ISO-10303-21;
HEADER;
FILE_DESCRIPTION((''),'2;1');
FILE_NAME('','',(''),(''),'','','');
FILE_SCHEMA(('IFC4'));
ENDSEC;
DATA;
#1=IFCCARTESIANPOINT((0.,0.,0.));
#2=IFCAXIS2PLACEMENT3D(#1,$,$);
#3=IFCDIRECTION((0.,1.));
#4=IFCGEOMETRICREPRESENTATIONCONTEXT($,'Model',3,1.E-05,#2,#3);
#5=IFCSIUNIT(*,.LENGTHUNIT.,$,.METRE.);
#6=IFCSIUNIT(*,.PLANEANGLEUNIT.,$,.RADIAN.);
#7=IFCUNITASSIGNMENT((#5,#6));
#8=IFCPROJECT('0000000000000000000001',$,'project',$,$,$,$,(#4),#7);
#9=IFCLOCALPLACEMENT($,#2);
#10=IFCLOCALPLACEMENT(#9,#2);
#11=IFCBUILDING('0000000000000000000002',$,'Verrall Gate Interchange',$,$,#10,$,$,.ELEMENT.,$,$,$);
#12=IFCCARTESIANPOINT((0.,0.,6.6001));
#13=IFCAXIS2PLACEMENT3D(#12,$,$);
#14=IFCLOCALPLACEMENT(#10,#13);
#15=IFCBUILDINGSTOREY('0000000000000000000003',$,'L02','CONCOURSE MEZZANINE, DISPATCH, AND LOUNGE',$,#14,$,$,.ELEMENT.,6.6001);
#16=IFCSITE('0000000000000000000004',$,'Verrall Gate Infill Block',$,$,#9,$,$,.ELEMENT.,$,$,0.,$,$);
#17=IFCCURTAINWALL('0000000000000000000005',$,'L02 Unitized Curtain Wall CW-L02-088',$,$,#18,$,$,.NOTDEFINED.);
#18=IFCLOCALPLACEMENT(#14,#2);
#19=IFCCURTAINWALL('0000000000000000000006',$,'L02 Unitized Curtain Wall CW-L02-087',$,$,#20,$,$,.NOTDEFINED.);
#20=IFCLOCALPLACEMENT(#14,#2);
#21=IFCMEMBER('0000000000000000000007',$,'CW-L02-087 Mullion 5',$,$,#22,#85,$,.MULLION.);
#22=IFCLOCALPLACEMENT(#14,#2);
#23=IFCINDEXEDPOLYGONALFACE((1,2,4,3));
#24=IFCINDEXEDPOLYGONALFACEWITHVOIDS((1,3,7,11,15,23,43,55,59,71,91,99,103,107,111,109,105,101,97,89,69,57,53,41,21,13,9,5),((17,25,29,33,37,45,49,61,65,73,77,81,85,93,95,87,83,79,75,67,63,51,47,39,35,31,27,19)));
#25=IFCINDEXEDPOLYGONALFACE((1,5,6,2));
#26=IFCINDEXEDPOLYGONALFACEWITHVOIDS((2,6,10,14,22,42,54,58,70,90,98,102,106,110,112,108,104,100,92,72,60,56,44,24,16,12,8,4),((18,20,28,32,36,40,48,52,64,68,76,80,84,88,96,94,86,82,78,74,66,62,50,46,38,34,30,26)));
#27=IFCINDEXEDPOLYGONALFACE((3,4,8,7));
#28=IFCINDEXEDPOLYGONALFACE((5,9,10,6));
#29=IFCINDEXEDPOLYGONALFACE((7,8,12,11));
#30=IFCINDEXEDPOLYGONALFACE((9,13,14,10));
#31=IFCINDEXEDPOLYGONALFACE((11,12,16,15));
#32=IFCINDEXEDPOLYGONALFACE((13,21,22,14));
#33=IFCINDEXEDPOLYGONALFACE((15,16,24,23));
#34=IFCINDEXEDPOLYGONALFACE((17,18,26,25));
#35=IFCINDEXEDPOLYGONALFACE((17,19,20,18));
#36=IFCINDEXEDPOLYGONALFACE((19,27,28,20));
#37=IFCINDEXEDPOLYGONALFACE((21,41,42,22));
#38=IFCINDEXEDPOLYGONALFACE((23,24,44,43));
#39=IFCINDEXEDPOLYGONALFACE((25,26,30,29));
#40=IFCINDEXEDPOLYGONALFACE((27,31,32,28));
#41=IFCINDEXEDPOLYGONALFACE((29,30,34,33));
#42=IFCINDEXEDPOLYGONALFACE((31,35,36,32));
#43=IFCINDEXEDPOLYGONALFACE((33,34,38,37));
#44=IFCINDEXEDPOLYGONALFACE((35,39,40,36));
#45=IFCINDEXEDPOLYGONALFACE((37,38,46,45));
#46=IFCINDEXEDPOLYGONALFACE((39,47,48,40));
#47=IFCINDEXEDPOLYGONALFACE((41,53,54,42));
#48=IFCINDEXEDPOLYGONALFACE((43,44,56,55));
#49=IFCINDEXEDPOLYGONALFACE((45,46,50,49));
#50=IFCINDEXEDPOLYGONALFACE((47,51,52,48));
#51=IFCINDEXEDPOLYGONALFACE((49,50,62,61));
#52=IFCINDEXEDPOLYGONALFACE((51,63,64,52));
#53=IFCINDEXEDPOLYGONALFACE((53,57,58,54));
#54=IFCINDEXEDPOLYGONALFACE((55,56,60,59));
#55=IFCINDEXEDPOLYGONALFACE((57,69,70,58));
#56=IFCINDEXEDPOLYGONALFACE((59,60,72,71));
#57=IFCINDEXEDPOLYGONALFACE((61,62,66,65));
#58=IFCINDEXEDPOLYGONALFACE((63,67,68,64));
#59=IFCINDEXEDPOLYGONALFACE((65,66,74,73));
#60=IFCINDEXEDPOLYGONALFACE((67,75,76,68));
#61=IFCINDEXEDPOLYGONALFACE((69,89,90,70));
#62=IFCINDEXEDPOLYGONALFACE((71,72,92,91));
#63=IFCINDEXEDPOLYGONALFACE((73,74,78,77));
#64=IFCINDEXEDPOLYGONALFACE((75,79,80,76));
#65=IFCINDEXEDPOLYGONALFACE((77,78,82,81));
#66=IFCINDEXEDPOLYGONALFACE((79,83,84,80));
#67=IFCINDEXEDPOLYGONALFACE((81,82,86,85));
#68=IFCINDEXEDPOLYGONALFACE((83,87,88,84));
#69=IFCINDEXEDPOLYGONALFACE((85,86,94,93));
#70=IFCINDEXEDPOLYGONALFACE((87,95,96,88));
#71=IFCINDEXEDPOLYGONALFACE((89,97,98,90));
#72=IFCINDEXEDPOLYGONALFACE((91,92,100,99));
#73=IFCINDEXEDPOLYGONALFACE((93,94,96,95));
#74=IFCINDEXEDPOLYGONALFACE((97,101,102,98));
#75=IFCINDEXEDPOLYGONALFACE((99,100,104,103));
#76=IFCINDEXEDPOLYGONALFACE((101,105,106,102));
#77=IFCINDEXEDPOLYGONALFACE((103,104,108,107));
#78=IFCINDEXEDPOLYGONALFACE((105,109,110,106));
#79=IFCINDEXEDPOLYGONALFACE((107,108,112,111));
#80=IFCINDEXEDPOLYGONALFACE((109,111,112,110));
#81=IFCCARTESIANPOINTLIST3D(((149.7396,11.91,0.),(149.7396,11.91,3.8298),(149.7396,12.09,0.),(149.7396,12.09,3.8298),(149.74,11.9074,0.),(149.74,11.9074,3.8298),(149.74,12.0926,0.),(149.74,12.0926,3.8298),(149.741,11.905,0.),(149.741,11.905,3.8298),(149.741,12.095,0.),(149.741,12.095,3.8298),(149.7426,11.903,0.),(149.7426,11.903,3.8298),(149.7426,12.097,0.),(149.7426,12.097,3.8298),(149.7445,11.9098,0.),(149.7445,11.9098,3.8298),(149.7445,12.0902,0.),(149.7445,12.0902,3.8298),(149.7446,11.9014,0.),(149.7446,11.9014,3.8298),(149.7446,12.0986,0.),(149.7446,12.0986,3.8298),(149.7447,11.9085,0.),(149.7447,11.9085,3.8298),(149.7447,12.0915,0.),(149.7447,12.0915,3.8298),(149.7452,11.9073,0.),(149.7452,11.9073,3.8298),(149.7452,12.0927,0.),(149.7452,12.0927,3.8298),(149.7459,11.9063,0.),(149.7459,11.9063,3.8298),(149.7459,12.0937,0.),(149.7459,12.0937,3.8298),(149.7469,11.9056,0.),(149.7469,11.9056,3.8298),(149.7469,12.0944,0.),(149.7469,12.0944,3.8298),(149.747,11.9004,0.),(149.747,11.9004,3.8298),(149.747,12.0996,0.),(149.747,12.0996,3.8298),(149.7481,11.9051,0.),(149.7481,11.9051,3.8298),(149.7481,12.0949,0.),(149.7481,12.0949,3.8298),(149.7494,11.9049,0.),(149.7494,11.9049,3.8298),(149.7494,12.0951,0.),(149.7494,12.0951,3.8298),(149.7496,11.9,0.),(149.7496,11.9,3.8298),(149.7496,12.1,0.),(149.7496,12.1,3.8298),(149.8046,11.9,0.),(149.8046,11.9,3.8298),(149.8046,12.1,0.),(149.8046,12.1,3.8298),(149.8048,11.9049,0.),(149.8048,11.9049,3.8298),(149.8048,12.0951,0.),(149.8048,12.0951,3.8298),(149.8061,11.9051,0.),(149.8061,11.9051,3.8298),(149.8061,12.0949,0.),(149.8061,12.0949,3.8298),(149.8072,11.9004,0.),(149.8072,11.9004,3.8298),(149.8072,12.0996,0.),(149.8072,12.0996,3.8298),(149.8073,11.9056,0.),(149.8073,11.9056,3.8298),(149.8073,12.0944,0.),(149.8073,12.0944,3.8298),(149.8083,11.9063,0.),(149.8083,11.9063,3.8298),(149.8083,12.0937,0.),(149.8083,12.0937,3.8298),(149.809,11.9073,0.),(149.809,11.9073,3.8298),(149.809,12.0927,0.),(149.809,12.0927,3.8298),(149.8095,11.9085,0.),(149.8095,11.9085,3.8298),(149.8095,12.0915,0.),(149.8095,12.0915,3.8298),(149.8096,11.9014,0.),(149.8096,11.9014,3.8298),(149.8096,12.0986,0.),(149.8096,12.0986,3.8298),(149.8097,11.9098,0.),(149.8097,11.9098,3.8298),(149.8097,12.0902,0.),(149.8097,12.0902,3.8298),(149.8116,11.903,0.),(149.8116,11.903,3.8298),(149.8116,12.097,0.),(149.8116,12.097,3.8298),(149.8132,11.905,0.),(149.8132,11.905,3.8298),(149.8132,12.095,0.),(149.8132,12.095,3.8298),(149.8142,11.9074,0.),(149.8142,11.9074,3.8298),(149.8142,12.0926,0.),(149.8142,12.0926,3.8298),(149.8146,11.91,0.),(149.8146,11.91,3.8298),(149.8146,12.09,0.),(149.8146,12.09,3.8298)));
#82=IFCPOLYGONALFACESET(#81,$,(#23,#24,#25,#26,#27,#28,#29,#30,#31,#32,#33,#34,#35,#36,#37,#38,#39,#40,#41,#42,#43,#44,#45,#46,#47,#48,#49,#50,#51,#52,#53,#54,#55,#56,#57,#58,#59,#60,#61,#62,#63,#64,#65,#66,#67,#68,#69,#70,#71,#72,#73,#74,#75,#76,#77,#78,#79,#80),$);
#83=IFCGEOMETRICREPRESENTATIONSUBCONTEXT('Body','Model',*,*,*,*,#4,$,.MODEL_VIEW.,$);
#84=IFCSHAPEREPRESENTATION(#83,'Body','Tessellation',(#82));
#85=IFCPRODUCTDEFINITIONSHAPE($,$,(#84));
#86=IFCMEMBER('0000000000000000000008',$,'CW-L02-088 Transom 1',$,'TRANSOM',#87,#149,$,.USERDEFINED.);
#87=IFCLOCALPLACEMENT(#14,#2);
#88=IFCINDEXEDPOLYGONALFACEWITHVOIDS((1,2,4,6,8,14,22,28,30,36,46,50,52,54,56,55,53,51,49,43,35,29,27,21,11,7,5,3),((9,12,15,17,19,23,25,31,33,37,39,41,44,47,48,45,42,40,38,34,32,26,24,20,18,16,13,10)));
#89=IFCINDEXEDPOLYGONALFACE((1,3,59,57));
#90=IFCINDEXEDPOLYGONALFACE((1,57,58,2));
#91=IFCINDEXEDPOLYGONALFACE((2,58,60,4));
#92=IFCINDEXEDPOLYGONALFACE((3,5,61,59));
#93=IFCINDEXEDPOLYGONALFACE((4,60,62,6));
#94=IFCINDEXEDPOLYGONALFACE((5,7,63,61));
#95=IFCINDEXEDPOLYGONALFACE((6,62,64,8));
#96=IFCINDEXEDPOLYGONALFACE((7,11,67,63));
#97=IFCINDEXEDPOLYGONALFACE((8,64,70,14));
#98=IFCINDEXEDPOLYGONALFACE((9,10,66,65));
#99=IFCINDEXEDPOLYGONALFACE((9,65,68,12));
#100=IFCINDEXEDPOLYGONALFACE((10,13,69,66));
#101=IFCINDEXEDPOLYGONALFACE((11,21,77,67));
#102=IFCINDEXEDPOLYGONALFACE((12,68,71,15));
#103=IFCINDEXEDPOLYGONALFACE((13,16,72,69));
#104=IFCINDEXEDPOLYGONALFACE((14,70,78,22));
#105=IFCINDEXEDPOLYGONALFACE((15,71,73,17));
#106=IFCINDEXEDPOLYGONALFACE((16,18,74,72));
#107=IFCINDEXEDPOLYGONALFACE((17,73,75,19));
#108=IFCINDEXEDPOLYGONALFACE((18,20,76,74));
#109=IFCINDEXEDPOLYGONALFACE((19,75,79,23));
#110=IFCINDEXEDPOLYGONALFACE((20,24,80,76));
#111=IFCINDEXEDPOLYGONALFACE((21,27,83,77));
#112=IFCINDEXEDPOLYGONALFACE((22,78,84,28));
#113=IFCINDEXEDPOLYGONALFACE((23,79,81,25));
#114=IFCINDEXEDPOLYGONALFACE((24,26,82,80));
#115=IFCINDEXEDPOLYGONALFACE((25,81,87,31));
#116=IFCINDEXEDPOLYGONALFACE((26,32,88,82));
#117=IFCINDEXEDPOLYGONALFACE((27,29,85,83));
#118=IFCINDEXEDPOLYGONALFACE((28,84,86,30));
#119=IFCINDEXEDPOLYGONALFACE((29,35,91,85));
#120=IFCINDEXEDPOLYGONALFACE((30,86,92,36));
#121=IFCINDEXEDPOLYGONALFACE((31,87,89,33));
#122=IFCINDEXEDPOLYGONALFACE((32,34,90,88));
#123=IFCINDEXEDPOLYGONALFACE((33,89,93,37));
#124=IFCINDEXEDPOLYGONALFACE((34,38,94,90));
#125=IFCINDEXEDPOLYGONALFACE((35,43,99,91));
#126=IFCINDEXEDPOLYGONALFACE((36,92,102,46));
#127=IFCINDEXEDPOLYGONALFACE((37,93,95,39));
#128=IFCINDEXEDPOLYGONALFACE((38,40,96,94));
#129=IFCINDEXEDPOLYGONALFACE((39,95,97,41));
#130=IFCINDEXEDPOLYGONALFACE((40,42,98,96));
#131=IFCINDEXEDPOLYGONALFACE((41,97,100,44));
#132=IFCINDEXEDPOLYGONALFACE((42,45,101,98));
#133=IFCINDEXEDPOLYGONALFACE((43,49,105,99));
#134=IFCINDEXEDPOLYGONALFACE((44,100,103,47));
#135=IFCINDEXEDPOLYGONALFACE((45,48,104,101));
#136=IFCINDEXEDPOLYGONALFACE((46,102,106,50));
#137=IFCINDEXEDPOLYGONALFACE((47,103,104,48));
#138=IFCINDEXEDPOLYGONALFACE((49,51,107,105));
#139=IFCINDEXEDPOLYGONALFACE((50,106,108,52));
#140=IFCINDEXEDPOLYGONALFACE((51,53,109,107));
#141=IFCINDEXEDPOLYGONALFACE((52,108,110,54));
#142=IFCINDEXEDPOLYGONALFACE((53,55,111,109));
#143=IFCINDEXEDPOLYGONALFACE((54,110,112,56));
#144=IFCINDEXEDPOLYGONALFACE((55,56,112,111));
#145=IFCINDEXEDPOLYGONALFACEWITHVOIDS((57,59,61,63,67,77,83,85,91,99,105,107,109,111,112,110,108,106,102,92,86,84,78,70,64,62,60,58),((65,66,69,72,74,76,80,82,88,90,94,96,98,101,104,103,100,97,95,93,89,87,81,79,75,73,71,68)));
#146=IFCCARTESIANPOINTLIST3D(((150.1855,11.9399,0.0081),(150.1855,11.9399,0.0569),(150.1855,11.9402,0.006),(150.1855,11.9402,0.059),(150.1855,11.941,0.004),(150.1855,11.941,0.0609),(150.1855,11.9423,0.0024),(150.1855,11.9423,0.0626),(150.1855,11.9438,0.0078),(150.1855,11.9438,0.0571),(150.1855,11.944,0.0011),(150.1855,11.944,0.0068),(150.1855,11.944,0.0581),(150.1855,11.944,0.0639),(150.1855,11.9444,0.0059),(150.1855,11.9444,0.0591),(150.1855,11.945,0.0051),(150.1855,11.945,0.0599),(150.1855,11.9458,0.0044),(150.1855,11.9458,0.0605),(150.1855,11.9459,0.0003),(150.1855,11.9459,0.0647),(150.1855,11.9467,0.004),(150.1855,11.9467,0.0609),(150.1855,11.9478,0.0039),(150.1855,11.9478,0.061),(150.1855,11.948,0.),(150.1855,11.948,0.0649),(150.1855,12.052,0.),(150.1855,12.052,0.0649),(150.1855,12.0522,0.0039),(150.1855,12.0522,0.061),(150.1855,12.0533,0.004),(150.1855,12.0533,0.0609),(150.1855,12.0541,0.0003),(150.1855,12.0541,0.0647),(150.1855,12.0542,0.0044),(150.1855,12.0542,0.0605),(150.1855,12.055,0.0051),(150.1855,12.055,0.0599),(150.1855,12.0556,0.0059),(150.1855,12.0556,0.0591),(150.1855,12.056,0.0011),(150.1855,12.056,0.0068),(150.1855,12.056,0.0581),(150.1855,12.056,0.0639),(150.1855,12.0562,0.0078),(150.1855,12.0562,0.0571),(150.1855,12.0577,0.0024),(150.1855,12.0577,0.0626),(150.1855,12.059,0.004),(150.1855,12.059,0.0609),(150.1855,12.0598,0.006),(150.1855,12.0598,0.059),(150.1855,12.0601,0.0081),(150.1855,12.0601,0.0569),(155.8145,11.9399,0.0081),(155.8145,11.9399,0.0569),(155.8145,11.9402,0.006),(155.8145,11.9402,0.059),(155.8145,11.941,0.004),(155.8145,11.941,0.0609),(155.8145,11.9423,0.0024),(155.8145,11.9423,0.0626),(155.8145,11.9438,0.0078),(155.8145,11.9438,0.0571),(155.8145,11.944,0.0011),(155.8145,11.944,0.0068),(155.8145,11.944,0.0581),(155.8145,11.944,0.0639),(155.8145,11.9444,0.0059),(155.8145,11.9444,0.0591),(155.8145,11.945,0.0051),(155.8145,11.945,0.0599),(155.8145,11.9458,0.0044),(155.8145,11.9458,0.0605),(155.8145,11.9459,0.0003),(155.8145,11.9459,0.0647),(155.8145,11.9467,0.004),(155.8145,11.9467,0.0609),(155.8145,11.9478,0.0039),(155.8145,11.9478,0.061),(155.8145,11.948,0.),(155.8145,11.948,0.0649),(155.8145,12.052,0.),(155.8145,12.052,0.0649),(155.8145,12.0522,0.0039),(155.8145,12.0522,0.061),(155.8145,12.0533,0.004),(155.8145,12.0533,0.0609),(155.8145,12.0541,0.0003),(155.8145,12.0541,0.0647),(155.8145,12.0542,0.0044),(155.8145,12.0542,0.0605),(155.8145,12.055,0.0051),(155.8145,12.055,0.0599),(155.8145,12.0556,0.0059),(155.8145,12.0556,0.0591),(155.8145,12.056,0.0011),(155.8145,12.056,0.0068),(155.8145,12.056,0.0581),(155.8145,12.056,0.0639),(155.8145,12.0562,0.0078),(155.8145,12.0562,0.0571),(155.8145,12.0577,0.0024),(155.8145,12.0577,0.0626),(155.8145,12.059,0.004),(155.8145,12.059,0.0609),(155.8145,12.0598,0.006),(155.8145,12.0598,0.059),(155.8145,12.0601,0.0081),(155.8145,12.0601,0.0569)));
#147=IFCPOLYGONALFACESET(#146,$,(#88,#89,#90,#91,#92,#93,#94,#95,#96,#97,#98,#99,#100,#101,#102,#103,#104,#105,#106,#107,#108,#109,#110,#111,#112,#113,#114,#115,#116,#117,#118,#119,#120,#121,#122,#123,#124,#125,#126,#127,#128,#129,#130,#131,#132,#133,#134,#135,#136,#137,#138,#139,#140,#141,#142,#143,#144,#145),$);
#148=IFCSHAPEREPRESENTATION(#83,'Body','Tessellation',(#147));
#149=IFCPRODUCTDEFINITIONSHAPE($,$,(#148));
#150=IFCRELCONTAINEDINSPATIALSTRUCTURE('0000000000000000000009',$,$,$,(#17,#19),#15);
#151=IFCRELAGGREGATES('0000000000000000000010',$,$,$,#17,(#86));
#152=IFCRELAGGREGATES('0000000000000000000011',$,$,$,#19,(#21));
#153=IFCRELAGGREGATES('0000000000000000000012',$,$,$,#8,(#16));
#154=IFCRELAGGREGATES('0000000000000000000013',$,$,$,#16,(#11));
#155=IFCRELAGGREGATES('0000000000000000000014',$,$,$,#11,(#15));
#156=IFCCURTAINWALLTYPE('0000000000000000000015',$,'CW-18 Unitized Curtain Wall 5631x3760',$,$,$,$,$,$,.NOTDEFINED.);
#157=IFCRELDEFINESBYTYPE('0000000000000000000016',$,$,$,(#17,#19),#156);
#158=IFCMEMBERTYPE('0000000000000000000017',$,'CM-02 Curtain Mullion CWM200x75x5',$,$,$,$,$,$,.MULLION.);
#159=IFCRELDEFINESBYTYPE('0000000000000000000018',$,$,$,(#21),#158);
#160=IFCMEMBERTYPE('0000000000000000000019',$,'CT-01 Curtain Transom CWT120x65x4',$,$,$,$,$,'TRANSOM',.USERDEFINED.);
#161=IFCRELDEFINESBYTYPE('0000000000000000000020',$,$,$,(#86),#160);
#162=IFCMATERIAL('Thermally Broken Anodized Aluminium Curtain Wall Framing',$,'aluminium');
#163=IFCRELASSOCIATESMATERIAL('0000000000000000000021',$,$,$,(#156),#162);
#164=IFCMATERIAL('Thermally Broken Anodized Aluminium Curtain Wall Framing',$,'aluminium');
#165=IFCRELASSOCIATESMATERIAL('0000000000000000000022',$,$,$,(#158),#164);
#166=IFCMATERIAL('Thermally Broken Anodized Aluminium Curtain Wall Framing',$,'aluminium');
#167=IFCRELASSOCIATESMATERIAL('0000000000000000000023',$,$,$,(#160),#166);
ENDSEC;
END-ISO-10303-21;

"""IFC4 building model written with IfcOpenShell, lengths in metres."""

from ifc_helpers import new_model, si_unit, direction, frame, origin, origin_2d, place, context, subcontext, project, spatial, hollow_rectangle, extrude, material, material_profile, profile_set, type_object, element, aggregate, save


model = new_model("IFC4")

# Units and contexts
model_context = context("Model", 3, precision=1e-05, world=origin(), true_north=direction((0.0, 1.0)))
body_context = subcontext(model_context, "Body", "Model", "MODEL_VIEW")
ifc_project = project(units=[si_unit("LENGTHUNIT", "METRE"), si_unit("PLANEANGLEUNIT", "RADIAN")], contexts=[model_context])

# Site, building, storey
site_placement = place(None, origin())
site = spatial("IfcSite", under=ifc_project, at=site_placement, Name="Verrall Gate Infill Block", CompositionType="ELEMENT", RefElevation=0.0)
building_placement = place(site_placement, origin())
building = spatial("IfcBuilding", under=site, at=building_placement, Name="Verrall Gate Interchange", CompositionType="ELEMENT")
storey_placement = place(building_placement, frame((0.0, 0.0, 6.6001)))
storey = spatial("IfcBuildingStorey", under=building, at=storey_placement, Name="L02", Description="CONCOURSE MEZZANINE, DISPATCH, AND LOUNGE", CompositionType="ELEMENT", Elevation=6.6001)

# Curtain walls, member
ifc_material_1 = material(Name="Thermally Broken Anodized Aluminium Curtain Wall Framing", Category="aluminium")
curtain_wall_type = type_object("IfcCurtainWallType", Name="CW-18 Unitized Curtain Wall 5631x3760", PredefinedType="NOTDEFINED", material=ifc_material_1)
curtain_wall_1_placement = place(storey_placement, origin())
curtain_wall_1 = element("IfcCurtainWall", 1, at=curtain_wall_1_placement, inside=storey, type_object=curtain_wall_type, Name="L02 Unitized Curtain Wall CW-L02-088", PredefinedType="NOTDEFINED")
curtain_wall_2_placement = place(storey_placement, origin())
curtain_wall_2 = element("IfcCurtainWall", 2, at=curtain_wall_2_placement, inside=storey, type_object=curtain_wall_type, Name="L02 Unitized Curtain Wall CW-L02-087", PredefinedType="NOTDEFINED")
ifc_material_2 = material(Name="Thermally Broken Anodized Aluminium Curtain Wall Framing", Category="aluminium")
ifc_material_profile_1 = material_profile(ifc_material_2, hollow_rectangle(XDim=0.075, YDim=0.2, WallThickness=0.0049, InnerFilletRadius=0.0049, OuterFilletRadius=0.01, at=origin_2d()), Name="CWM200x75x5")
ifc_profile_set_1 = profile_set([ifc_material_profile_1], Name="Thermally Broken Anodized Aluminium Curtain Wall Framing")
member_type_1 = type_object("IfcMemberType", Name="CM-02 Curtain Mullion CWM200x75x5", PredefinedType="MULLION", material=ifc_profile_set_1)
member_1_placement = place(storey_placement, frame((149.7771, 12.0, 0.0), z_axis=(0.0, 0.0, 1.0), x_axis=(1.0, 0.0, 0.0)))
member_1 = element("IfcMember", 3, at=member_1_placement, type_object=member_type_1, Name="CW-L02-087 Mullion 5", PredefinedType="MULLION", context=body_context, shape_type="SweptSolid", body=[
    extrude(hollow_rectangle(XDim=0.075, YDim=0.2, WallThickness=0.0049, InnerFilletRadius=0.0049, OuterFilletRadius=0.01, at=origin_2d()), origin(), (0.0, 0.0, 1.0), 3.8298),
])

# Member
ifc_material_3 = material(Name="Thermally Broken Anodized Aluminium Curtain Wall Framing", Category="aluminium")
ifc_material_profile_2 = material_profile(ifc_material_3, hollow_rectangle(XDim=0.1201, YDim=0.0649, WallThickness=0.0039, InnerFilletRadius=0.0039, OuterFilletRadius=0.0081, at=origin_2d()), Name="CWT120x65x4")
ifc_profile_set_2 = profile_set([ifc_material_profile_2], Name="Thermally Broken Anodized Aluminium Curtain Wall Framing")
member_type_2 = type_object("IfcMemberType", Name="CT-01 Curtain Transom CWT120x65x4", ElementType="TRANSOM", PredefinedType="USERDEFINED", material=ifc_profile_set_2)
member_2_placement = place(storey_placement, frame((150.1855, 12.0, 0.0325), z_axis=(1.0, 0.0, 0.0), x_axis=(0.0, 1.0, 0.0)))
member_2 = element("IfcMember", 4, at=member_2_placement, type_object=member_type_2, Name="CW-L02-088 Transom 1", ObjectType="TRANSOM", PredefinedType="USERDEFINED", context=body_context, shape_type="SweptSolid", body=[
    extrude(hollow_rectangle(XDim=0.1201, YDim=0.0649, WallThickness=0.0039, InnerFilletRadius=0.0039, OuterFilletRadius=0.0081, at=origin_2d()), origin(), (0.0, 0.0, 1.0), 5.6289),
])

aggregate(curtain_wall_1, [member_2])
aggregate(curtain_wall_2, [member_1])

save(model, "model.ifc")
